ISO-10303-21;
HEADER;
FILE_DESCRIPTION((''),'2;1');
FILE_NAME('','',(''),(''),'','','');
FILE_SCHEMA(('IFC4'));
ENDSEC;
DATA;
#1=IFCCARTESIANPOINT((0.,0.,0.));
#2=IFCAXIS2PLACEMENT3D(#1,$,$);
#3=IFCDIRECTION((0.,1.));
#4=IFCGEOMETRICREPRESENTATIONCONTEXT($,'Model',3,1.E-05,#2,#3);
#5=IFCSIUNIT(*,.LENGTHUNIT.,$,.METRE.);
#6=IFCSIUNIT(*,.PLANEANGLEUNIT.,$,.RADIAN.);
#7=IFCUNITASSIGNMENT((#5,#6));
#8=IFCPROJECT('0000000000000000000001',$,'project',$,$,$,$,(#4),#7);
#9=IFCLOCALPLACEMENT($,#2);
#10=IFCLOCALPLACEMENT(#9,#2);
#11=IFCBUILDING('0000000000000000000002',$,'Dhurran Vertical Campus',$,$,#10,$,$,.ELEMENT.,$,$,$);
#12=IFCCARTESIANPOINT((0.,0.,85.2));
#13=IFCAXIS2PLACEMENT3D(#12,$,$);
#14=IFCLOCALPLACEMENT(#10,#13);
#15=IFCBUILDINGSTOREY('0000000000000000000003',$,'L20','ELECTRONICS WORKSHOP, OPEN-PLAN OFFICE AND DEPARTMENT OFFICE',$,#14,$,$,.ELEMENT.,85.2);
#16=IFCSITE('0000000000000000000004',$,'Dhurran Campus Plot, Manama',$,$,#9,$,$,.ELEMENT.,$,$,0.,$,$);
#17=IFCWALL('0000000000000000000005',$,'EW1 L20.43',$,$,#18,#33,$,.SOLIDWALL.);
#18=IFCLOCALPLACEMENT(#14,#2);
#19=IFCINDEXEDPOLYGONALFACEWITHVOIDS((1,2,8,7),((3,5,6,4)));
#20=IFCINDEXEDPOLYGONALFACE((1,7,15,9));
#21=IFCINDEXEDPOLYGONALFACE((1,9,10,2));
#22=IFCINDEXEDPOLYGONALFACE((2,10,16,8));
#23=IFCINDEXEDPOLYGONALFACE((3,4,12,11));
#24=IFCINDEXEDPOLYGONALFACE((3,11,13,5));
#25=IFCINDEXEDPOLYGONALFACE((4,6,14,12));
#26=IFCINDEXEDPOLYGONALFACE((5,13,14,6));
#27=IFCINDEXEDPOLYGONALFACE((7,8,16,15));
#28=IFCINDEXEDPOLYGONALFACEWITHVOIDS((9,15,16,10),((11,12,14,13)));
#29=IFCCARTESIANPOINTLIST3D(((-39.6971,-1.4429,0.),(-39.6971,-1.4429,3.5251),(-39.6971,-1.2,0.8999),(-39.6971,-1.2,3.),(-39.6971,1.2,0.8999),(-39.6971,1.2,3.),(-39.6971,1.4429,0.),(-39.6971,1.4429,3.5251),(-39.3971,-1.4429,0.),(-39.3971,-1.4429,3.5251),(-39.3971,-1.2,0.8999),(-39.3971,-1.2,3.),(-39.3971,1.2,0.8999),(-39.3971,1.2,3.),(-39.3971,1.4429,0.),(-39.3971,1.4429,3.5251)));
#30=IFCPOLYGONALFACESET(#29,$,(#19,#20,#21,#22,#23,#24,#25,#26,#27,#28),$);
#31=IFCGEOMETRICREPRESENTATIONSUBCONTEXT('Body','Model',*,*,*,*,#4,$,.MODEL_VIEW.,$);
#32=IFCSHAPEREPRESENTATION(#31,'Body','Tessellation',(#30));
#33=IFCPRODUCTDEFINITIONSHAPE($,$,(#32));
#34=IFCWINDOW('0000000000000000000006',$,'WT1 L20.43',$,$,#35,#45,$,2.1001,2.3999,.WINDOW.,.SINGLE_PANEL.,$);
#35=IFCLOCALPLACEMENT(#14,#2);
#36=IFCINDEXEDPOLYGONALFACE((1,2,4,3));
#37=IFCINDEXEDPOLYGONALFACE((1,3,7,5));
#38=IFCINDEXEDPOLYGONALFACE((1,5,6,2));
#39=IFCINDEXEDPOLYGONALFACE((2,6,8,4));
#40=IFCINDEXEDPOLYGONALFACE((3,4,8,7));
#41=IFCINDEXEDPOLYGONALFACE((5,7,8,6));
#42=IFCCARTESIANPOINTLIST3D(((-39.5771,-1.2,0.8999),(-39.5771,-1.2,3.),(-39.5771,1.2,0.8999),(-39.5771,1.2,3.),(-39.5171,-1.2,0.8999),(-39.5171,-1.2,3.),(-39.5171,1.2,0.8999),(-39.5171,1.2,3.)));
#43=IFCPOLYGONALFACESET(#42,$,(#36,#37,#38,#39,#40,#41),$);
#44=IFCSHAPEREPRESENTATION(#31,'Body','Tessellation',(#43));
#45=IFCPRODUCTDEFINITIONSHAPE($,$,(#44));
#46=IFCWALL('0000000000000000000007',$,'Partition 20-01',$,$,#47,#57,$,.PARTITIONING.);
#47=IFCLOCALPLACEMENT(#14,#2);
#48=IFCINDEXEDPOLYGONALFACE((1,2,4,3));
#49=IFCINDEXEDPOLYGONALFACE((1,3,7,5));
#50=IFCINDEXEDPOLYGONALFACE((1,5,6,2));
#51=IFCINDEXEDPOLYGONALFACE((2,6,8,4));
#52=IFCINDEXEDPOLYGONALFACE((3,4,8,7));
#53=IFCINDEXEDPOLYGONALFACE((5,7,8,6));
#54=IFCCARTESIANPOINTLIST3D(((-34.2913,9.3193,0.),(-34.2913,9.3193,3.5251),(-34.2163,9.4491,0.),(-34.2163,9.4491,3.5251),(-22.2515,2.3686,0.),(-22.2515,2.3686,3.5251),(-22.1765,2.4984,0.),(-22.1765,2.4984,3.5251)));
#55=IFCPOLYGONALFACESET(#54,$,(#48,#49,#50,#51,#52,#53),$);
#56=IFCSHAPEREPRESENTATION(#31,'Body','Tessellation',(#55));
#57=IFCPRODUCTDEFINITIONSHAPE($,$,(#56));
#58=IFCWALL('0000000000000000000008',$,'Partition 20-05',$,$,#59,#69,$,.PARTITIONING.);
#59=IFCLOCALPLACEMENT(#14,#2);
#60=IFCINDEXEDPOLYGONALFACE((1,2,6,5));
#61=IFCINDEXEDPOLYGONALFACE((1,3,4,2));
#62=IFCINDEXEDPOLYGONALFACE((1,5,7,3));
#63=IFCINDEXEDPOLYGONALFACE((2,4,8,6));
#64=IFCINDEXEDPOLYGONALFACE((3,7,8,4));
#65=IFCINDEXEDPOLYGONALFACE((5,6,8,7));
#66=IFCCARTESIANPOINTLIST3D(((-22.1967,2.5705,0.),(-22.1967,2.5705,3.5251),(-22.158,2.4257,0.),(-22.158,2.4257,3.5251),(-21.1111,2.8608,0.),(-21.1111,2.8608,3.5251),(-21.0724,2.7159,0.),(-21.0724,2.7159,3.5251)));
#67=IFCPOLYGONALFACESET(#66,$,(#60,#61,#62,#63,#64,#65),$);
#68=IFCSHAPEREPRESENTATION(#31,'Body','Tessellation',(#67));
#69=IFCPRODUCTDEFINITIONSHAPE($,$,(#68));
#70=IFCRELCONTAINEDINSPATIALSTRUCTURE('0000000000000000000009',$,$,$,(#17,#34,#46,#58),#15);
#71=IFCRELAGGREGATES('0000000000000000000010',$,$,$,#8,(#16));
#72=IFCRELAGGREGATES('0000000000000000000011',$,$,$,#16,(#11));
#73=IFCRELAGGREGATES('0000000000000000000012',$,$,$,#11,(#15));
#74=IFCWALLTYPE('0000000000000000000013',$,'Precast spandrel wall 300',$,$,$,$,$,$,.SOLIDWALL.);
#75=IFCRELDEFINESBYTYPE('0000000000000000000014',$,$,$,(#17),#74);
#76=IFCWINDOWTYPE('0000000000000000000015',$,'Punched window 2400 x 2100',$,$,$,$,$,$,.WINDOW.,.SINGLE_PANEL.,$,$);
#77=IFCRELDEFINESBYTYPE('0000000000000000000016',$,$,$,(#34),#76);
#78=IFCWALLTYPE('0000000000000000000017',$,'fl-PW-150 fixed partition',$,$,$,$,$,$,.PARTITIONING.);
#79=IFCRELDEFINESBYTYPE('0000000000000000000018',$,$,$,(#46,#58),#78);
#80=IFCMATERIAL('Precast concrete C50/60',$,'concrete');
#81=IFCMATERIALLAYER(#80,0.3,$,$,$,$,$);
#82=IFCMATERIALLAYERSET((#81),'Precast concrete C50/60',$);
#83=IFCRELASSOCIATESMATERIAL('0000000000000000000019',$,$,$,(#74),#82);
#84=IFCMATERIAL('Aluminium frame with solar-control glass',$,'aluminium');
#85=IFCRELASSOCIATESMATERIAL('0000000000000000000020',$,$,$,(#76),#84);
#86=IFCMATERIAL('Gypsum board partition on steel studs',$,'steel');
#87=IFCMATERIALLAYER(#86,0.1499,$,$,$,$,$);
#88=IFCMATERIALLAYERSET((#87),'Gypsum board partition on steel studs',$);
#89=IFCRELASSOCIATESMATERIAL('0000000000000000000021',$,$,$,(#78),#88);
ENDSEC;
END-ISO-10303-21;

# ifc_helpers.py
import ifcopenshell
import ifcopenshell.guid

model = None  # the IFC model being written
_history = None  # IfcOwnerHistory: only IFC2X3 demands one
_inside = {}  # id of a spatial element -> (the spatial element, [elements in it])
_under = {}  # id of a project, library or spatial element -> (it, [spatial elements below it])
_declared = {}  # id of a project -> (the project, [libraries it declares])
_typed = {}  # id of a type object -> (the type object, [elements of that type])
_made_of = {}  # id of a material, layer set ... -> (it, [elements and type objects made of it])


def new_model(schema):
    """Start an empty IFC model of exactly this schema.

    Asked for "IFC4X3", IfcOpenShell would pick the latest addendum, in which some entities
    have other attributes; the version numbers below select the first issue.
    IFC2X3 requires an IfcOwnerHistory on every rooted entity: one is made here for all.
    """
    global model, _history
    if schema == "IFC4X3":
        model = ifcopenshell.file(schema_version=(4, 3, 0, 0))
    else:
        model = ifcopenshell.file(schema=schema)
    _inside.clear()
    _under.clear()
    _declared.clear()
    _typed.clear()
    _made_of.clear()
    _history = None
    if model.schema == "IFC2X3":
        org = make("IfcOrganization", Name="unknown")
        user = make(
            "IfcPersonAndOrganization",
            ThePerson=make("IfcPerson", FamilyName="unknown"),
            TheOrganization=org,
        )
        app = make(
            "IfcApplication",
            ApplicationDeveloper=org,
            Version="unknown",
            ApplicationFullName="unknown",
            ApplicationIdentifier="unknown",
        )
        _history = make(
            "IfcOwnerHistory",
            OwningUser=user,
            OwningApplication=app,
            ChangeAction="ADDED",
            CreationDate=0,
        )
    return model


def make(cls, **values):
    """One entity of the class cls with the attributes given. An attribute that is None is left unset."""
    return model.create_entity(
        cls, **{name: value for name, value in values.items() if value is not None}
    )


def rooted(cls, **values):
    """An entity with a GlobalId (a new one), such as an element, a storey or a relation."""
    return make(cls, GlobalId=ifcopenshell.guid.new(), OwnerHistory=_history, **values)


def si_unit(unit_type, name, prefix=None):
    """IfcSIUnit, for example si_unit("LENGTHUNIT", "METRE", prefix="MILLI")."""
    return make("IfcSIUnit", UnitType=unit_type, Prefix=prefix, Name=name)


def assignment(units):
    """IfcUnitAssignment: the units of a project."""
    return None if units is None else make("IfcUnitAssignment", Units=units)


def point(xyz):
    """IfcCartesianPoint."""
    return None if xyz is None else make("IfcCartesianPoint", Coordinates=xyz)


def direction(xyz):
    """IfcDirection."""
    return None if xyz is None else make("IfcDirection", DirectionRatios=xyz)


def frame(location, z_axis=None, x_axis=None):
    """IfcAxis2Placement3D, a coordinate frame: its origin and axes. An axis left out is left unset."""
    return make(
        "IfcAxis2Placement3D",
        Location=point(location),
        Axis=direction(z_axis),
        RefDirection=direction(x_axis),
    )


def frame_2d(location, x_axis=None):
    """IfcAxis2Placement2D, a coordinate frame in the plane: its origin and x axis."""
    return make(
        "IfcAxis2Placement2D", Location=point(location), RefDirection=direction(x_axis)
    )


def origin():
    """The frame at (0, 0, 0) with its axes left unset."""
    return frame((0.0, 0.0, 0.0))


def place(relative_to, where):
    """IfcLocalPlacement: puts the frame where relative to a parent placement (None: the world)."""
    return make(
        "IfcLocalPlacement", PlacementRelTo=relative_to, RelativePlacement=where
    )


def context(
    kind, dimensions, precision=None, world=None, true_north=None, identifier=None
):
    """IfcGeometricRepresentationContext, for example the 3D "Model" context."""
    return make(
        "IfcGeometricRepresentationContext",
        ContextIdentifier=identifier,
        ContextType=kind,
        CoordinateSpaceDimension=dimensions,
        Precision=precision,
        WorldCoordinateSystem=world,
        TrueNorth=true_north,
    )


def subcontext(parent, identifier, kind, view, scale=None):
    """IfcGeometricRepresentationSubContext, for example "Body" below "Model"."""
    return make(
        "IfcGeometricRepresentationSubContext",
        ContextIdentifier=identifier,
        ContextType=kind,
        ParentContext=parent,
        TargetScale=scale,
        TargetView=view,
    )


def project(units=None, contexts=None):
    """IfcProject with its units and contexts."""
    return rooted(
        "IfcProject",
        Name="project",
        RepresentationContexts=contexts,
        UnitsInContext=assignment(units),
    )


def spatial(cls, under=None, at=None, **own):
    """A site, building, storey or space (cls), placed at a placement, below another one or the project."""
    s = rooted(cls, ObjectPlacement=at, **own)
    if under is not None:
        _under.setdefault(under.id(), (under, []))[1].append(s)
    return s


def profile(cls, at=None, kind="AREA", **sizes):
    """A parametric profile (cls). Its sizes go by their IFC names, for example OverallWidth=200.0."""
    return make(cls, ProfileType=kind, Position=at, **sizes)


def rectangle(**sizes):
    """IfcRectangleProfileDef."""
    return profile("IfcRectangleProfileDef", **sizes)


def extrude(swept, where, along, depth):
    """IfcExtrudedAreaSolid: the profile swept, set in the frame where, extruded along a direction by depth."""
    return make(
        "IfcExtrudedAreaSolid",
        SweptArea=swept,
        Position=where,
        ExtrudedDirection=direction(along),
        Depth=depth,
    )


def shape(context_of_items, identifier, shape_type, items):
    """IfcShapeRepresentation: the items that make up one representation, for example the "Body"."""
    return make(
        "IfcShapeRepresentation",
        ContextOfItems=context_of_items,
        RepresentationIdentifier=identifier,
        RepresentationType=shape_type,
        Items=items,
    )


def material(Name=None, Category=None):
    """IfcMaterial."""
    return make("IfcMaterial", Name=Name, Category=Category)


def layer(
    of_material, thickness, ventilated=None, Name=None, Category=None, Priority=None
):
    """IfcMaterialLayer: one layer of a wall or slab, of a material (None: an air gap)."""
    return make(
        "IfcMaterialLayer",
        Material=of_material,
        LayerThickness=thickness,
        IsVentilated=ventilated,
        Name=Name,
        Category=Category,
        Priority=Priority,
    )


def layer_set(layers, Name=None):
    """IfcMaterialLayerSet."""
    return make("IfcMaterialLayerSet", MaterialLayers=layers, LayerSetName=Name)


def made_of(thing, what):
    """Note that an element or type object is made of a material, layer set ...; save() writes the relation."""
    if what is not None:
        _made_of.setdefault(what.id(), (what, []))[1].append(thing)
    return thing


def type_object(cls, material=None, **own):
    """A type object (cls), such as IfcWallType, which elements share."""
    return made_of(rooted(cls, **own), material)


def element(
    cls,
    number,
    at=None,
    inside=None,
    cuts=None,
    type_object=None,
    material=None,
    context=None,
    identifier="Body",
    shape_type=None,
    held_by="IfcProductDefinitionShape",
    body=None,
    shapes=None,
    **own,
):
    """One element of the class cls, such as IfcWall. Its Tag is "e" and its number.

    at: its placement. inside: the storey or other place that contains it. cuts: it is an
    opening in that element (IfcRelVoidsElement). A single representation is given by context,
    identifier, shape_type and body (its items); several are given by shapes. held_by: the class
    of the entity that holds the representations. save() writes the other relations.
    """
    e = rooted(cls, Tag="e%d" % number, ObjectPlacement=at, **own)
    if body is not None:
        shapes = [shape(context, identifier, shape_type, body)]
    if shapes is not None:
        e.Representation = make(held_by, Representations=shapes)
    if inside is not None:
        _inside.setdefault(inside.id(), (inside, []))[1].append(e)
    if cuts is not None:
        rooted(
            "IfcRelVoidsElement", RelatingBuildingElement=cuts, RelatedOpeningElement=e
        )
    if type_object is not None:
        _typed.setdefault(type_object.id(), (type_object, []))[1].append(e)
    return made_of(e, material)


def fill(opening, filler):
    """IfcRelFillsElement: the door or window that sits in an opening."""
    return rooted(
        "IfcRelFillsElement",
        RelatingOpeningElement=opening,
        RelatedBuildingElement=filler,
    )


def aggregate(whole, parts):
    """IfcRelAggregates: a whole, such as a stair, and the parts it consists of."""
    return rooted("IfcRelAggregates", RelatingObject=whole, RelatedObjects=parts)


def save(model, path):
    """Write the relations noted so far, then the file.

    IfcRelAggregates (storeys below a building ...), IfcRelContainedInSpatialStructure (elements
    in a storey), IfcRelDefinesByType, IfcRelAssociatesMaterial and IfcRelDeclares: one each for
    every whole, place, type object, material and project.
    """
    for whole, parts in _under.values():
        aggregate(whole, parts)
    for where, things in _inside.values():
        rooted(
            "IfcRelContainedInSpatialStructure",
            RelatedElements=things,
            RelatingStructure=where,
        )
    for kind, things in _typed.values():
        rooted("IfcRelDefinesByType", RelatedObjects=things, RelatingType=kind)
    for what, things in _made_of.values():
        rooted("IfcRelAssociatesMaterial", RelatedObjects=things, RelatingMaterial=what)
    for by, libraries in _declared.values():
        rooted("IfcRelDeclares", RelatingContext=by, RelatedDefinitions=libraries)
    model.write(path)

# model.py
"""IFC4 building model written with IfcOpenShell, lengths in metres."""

from ifc_helpers import new_model, si_unit, direction, frame, frame_2d, origin, place, context, subcontext, project, spatial, rectangle, extrude, material, layer, layer_set, type_object, element, fill, save


model = new_model("IFC4")

# Units and contexts
model_context = context("Model", 3, precision=1e-05, world=origin(), true_north=direction((0.0, 1.0)))
body_context = subcontext(model_context, "Body", "Model", "MODEL_VIEW")
ifc_project = project(units=[si_unit("LENGTHUNIT", "METRE"), si_unit("PLANEANGLEUNIT", "RADIAN")], contexts=[model_context])

# Site, building, storey
site_placement = place(None, origin())
site = spatial("IfcSite", under=ifc_project, at=site_placement, Name="Dhurran Campus Plot, Manama", CompositionType="ELEMENT", RefElevation=0.0)
building_placement = place(site_placement, origin())
building = spatial("IfcBuilding", under=site, at=building_placement, Name="Dhurran Vertical Campus", CompositionType="ELEMENT")
storey_placement = place(building_placement, frame((0.0, 0.0, 85.2)))
storey = spatial("IfcBuildingStorey", under=building, at=storey_placement, Name="L20", Description="ELECTRONICS WORKSHOP, OPEN-PLAN OFFICE AND DEPARTMENT OFFICE", CompositionType="ELEMENT", Elevation=85.2)

# Wall, opening, window
ifc_material_1 = material(Name="Precast concrete C50/60", Category="concrete")
ifc_layer_1 = layer(ifc_material_1, 0.3)
ifc_layer_set_1 = layer_set([ifc_layer_1], Name="Precast concrete C50/60")
wall_type_1 = type_object("IfcWallType", Name="Precast spandrel wall 300", PredefinedType="SOLIDWALL", material=ifc_layer_set_1)
ifc_material_2 = material(Name="Aluminium frame with solar-control glass", Category="aluminium")
window_type = type_object("IfcWindowType", Name="Punched window 2400 x 2100", PartitioningType="SINGLE_PANEL", PredefinedType="WINDOW", material=ifc_material_2)
wall_1_placement = place(storey_placement, frame((-39.5471, 1.4429, 0.0), z_axis=(0.0, 0.0, 1.0), x_axis=(0.0, -1.0, 0.0)))
wall_1 = element("IfcWall", 1, at=wall_1_placement, inside=storey, type_object=wall_type_1, Name="EW1 L20.43", PredefinedType="SOLIDWALL", context=body_context, shape_type="SweptSolid", body=[
    extrude(rectangle(XDim=2.8857, YDim=0.3, at=frame_2d((1.4429, 0.0))), origin(), (0.0, 0.0, 1.0), 3.5251),
])
opening_1_placement = place(wall_1_placement, frame((0.2429, 0.0, 0.8999)))
opening_1 = element("IfcOpeningElement", 2, at=opening_1_placement, cuts=wall_1, PredefinedType="OPENING", context=body_context, shape_type="SweptSolid", body=[
    extrude(rectangle(XDim=2.3999, YDim=2.1001, at=frame_2d((1.2, 1.05))), frame((0.0, 0.1599, 0.0), z_axis=(0.0, -1.0, 0.0), x_axis=(1.0, 0.0, 0.0)), (0.0, 0.0, 1.0), 0.3201),
])
window_1_placement = place(opening_1_placement, origin())
window_1 = element("IfcWindow", 3, at=window_1_placement, inside=storey, type_object=window_type, Name="WT1 L20.43", OverallHeight=2.1001, OverallWidth=2.3999, PartitioningType="SINGLE_PANEL", PredefinedType="WINDOW", context=body_context, shape_type="SweptSolid", body=[
    extrude(rectangle(XDim=2.3999, YDim=2.1001, at=frame_2d((1.2, 1.05))), frame((0.0, 0.03, 0.0), z_axis=(0.0, -1.0, 0.0), x_axis=(1.0, 0.0, 0.0)), (0.0, 0.0, 1.0), 0.0601),
])
fill(opening_1, window_1)

# Walls
ifc_material_3 = material(Name="Gypsum board partition on steel studs", Category="steel")
ifc_layer_2 = layer(ifc_material_3, 0.1499)
ifc_layer_set_2 = layer_set([ifc_layer_2], Name="Gypsum board partition on steel studs")
wall_type_2 = type_object("IfcWallType", Name="fl-PW-150 fixed partition", PredefinedType="PARTITIONING", material=ifc_layer_set_2)
wall_2_placement = place(storey_placement, frame((-34.2539, 9.3843, 0.0), z_axis=(0.0, 0.0, 1.0), x_axis=(0.866041, -0.499973, 0.0)))
element("IfcWall", 4, at=wall_2_placement, inside=storey, type_object=wall_type_2, Name="Partition 20-01", PredefinedType="PARTITIONING", context=body_context, shape_type="SweptSolid", body=[
    extrude(rectangle(XDim=13.9021, YDim=0.1499, at=frame_2d((6.9512, 0.0))), origin(), (0.0, 0.0, 1.0), 3.5251),
])
wall_3_placement = place(storey_placement, frame((-22.1775, 2.498, 0.0), z_axis=(0.0, 0.0, 1.0), x_axis=(0.966065, 0.258298, 0.0)))
element("IfcWall", 5, at=wall_3_placement, inside=storey, type_object=wall_type_2, Name="Partition 20-05", PredefinedType="PARTITIONING", context=body_context, shape_type="SweptSolid", body=[
    extrude(rectangle(XDim=1.1238, YDim=0.1499, at=frame_2d((0.562, 0.0))), origin(), (0.0, 0.0, 1.0), 3.5251),
])

save(model, "model.ifc")
